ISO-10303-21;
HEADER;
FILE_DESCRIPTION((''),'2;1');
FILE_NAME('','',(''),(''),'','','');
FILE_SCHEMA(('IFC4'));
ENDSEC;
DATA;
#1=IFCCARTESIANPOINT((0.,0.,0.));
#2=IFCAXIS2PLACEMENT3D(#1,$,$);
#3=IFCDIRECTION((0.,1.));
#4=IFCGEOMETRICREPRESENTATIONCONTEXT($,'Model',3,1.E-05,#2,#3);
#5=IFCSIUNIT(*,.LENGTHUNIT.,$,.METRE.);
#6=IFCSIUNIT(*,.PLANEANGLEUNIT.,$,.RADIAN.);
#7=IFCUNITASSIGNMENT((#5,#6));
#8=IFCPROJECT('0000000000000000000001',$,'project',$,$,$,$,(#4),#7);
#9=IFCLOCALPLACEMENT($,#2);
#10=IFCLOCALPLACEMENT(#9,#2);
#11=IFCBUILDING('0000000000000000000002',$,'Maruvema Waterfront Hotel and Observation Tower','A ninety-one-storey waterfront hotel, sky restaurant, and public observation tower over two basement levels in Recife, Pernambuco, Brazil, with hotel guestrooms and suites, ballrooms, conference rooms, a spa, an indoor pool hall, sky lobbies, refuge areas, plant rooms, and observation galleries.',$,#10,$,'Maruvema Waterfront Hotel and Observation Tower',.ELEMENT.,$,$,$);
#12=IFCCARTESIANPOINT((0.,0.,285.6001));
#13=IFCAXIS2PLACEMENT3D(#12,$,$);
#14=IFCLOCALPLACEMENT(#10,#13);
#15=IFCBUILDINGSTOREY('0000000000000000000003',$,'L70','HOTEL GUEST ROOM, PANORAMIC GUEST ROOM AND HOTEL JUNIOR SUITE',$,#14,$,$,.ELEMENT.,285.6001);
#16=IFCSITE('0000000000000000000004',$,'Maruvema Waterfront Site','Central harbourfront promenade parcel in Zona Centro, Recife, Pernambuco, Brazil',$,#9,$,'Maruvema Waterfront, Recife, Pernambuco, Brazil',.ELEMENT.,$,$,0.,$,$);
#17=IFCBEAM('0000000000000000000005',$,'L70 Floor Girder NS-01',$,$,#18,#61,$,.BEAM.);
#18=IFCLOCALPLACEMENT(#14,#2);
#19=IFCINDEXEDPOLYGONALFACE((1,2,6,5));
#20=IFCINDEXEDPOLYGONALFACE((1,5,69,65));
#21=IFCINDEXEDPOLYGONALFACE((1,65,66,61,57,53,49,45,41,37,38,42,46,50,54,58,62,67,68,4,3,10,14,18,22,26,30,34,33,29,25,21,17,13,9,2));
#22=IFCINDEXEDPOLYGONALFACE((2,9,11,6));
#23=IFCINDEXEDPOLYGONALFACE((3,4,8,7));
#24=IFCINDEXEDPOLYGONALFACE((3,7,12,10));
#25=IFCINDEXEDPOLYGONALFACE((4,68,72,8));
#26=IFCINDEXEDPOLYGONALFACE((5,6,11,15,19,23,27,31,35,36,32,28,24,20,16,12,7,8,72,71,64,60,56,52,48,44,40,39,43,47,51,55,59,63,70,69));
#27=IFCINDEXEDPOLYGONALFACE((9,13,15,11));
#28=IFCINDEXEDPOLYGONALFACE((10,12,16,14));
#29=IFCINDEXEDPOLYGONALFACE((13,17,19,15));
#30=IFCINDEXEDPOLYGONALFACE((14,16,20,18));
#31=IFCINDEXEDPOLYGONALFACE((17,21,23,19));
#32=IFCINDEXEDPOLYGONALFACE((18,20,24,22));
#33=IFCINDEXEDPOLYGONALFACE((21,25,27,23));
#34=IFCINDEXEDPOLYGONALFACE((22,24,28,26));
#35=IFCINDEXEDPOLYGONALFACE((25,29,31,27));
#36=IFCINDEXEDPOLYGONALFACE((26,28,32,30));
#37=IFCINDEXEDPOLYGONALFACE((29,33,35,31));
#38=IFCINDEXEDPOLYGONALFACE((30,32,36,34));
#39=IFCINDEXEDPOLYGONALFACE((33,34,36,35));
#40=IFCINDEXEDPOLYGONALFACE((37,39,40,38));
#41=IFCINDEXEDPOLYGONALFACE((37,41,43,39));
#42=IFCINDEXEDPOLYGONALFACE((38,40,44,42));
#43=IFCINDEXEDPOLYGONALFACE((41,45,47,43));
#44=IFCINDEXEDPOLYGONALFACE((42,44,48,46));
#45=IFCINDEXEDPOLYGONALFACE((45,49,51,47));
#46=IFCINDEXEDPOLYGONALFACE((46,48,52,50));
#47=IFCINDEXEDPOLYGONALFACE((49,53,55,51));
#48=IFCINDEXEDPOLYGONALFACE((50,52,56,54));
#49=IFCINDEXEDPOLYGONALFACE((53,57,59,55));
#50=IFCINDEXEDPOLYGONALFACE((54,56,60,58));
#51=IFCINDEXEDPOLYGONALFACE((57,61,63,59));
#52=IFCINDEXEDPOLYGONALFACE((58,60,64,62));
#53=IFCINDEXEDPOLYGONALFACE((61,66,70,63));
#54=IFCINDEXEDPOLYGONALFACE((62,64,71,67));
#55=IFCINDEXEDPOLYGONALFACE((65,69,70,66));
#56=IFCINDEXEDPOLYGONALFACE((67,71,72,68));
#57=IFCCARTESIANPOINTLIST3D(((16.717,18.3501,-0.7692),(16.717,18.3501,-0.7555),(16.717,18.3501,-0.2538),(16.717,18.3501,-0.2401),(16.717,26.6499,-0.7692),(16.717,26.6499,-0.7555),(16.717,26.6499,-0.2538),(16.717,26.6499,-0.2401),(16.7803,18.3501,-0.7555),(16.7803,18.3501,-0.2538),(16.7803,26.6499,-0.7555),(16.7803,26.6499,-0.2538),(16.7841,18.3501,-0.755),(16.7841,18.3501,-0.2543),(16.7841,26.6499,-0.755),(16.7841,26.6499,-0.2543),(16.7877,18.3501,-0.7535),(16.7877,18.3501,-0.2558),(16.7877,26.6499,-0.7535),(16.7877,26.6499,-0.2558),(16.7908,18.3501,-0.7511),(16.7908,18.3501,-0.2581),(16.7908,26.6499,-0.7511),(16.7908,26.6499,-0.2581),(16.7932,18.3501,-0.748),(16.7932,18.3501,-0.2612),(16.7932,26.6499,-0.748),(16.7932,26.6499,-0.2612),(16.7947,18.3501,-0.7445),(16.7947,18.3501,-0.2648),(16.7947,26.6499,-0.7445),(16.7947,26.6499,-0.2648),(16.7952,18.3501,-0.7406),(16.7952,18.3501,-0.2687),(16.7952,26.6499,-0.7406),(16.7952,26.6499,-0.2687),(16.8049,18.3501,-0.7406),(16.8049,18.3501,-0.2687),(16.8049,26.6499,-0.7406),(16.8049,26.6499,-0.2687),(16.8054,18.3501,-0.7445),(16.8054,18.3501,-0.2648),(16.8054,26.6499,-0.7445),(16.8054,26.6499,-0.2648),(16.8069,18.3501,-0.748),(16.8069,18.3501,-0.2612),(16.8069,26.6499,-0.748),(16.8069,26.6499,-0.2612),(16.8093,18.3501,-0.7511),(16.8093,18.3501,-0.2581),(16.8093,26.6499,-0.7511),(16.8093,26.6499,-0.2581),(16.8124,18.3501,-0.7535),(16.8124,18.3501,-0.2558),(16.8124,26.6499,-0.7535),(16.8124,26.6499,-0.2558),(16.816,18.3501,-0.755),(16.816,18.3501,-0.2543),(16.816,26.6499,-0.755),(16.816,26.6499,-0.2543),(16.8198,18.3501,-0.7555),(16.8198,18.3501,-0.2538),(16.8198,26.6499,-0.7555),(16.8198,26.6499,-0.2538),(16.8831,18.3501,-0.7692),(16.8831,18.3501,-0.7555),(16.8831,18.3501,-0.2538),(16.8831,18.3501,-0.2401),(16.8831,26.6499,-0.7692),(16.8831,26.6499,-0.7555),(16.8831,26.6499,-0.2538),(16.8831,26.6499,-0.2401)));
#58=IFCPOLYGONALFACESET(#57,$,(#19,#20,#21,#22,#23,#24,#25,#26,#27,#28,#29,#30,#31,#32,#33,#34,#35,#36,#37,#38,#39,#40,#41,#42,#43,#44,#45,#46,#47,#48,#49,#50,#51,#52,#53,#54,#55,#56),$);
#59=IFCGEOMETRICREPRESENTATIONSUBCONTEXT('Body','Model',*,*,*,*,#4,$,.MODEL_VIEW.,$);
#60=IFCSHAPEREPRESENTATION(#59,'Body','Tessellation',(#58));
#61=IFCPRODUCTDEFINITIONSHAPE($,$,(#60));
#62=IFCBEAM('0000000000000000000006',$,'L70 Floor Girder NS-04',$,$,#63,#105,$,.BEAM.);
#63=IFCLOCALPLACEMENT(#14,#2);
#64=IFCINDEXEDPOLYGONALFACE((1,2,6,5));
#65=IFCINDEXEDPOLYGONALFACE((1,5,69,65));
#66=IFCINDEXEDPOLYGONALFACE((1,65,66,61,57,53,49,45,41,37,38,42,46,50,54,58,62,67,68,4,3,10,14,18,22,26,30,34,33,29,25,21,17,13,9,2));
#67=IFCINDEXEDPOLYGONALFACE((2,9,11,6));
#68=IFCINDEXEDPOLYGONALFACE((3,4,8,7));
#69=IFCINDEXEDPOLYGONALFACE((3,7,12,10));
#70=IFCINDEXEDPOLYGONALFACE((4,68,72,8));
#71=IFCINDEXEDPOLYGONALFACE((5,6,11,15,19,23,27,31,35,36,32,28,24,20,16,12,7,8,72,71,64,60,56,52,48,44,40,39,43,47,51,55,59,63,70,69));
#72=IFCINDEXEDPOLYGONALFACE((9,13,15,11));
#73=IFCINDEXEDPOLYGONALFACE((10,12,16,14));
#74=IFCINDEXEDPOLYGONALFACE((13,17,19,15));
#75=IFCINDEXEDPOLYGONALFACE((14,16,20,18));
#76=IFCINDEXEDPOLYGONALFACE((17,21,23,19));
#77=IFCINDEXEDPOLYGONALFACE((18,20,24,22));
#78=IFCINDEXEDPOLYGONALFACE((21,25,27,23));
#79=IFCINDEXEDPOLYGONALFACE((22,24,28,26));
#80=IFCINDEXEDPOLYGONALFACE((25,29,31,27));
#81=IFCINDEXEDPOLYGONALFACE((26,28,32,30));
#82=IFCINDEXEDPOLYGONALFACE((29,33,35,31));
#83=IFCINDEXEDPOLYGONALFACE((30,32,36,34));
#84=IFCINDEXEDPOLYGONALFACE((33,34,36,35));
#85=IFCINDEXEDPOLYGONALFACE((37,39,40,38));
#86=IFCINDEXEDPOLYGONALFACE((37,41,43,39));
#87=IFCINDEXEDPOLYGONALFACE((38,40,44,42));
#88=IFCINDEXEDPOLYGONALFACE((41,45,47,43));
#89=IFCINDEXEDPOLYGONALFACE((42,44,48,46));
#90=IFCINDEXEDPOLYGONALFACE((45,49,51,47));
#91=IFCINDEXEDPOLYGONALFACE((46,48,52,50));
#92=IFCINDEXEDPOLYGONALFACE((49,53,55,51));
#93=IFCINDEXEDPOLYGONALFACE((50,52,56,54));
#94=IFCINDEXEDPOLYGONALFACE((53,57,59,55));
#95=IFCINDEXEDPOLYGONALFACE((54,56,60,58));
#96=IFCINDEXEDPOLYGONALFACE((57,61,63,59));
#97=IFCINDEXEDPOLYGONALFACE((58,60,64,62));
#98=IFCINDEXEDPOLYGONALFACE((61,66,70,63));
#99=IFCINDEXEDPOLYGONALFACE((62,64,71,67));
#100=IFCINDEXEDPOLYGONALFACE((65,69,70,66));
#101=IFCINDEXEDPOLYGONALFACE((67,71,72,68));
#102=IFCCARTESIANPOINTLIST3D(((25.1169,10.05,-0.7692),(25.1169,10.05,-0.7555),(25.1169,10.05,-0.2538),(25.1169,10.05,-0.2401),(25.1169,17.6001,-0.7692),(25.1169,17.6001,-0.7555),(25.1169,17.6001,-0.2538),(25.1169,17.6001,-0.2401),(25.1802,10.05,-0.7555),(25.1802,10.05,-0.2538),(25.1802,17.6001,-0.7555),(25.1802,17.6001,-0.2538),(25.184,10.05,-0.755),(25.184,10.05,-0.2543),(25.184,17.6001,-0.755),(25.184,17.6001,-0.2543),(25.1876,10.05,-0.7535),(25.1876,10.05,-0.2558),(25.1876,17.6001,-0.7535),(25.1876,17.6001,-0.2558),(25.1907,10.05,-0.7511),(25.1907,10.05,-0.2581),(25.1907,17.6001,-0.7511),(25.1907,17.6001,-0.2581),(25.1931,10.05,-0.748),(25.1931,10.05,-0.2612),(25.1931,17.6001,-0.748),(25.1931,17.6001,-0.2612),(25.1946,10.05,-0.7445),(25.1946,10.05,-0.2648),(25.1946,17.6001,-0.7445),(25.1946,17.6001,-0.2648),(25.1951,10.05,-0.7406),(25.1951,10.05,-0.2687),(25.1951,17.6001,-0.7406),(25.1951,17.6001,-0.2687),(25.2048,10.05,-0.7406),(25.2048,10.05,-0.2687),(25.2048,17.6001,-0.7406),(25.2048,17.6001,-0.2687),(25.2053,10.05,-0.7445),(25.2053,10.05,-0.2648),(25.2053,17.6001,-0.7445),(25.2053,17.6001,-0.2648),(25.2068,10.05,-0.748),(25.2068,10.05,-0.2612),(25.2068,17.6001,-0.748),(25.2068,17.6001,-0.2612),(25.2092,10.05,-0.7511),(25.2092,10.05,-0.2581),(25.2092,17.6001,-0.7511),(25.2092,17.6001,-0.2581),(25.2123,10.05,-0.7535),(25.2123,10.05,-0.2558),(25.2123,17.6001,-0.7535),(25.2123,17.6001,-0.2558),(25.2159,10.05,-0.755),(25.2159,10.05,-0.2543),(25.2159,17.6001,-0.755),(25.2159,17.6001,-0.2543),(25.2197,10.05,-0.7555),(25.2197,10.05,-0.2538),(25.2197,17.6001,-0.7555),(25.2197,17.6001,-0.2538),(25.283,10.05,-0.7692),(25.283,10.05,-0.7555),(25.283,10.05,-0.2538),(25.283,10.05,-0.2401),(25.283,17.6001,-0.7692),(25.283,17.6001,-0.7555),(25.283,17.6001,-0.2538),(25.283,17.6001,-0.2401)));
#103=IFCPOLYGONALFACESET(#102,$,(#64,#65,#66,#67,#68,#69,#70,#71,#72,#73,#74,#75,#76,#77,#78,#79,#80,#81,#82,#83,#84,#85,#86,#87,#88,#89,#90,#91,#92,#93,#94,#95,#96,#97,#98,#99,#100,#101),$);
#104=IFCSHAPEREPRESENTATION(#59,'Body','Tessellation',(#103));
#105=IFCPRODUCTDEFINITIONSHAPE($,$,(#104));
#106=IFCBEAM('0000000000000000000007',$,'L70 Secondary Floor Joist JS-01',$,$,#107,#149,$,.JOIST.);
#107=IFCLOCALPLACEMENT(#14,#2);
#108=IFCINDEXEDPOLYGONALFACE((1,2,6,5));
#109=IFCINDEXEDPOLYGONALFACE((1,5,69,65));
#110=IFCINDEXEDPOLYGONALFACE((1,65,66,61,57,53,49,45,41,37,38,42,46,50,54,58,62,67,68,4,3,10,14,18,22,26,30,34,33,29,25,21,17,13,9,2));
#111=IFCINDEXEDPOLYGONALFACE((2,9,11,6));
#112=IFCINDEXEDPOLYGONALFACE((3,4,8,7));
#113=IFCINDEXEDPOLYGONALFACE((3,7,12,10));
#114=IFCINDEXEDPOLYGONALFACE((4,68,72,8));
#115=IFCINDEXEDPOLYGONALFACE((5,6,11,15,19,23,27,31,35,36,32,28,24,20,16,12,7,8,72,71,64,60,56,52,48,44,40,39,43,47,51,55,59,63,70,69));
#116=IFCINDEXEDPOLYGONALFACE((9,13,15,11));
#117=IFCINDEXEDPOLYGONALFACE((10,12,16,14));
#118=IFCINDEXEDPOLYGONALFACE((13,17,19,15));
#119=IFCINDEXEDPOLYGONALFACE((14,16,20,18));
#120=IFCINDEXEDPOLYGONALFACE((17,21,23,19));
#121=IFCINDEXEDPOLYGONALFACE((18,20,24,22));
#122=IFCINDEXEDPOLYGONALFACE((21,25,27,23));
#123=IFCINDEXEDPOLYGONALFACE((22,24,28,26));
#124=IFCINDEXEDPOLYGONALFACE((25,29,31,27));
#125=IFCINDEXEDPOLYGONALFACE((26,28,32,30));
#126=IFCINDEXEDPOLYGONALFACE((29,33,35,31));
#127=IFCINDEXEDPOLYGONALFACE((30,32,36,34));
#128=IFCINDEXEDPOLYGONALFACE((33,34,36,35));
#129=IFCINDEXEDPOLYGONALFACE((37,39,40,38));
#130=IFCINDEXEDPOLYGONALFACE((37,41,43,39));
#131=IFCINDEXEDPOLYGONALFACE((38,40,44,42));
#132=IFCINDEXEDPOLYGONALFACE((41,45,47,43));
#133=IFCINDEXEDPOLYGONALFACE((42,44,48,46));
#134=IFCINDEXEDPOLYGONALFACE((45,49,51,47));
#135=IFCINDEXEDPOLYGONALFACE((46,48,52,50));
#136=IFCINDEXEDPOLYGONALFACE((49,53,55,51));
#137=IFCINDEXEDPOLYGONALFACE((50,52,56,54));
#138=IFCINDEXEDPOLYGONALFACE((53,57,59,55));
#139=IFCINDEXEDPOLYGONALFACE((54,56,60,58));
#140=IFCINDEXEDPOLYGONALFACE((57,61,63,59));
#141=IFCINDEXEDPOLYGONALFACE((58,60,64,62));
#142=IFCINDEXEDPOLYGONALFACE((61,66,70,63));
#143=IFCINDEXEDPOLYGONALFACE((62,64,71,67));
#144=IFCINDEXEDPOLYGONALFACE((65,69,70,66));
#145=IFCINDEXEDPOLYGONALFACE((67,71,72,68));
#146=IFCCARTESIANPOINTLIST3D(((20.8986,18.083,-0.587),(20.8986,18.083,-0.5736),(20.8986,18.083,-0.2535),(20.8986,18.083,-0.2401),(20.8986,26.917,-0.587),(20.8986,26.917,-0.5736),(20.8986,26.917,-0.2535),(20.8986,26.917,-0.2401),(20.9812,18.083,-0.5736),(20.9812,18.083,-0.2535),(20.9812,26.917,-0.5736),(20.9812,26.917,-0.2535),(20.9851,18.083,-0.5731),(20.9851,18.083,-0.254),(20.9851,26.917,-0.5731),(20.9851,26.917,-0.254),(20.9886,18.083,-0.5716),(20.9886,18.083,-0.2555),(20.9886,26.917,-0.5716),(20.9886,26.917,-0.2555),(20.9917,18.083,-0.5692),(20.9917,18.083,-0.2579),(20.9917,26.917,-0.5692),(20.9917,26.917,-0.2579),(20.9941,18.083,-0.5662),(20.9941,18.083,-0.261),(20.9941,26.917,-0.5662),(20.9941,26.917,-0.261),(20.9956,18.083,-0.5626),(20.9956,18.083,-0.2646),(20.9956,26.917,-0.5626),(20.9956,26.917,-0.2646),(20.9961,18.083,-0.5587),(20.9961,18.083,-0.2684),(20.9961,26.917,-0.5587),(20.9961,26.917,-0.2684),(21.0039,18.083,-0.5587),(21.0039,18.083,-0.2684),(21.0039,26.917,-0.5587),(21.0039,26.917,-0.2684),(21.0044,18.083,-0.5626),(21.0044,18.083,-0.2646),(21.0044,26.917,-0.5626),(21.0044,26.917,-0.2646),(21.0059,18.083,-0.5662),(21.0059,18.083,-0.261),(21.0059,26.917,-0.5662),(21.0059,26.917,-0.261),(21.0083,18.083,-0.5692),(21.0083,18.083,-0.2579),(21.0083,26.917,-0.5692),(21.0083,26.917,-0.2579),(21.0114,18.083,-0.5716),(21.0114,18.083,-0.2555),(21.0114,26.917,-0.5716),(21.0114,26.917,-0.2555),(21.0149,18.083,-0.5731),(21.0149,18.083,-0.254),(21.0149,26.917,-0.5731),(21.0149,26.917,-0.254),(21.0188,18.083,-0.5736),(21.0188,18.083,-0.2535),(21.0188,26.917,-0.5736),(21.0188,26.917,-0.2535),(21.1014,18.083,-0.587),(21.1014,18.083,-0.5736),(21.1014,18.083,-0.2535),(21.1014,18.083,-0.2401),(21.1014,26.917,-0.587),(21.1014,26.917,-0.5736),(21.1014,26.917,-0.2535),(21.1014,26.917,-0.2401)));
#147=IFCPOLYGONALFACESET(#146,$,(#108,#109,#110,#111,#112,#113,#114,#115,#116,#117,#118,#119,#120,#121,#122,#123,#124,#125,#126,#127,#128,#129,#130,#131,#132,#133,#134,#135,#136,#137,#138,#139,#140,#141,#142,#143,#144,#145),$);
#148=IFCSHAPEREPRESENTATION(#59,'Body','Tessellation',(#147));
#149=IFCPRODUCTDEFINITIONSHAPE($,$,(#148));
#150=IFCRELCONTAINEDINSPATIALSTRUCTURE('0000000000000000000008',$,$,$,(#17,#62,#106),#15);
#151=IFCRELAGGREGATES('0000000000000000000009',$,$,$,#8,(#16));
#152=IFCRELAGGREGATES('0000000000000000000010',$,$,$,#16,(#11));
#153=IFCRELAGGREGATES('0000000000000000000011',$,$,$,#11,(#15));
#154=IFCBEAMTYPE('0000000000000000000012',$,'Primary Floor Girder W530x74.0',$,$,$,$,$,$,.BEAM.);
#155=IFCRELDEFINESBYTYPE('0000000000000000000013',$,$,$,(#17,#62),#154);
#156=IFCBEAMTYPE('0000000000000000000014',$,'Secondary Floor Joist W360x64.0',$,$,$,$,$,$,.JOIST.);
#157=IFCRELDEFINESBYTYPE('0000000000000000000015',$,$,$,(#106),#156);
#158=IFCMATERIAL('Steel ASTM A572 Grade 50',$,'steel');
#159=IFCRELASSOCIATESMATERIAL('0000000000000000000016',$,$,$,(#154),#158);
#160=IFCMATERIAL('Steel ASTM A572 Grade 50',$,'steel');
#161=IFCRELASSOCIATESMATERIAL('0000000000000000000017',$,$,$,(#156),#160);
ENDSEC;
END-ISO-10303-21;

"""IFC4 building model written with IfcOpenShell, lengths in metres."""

from ifc_helpers import new_model, si_unit, direction, frame, origin, origin_2d, place, context, subcontext, project, spatial, i_section, extrude, material, material_profile, profile_set, type_object, element, save


model = new_model("IFC4")

# Units and contexts
model_context = context("Model", 3, precision=1e-05, world=origin(), true_north=direction((0.0, 1.0)))
body_context = subcontext(model_context, "Body", "Model", "MODEL_VIEW")
ifc_project = project(units=[si_unit("LENGTHUNIT", "METRE"), si_unit("PLANEANGLEUNIT", "RADIAN")], contexts=[model_context])

# Site, building, storey
site_placement = place(None, origin())
site = spatial("IfcSite", under=ifc_project, at=site_placement, Name="Maruvema Waterfront Site", Description="Central harbourfront promenade parcel in Zona Centro, Recife, Pernambuco, Brazil", LongName="Maruvema Waterfront, Recife, Pernambuco, Brazil", CompositionType="ELEMENT", RefElevation=0.0)
building_placement = place(site_placement, origin())
building = spatial("IfcBuilding", under=site, at=building_placement, Name="Maruvema Waterfront Hotel and Observation Tower", Description="A ninety-one-storey waterfront hotel, sky restaurant, and public observation tower over two basement levels in Recife, Pernambuco, Brazil, with hotel guestrooms and suites, ballrooms, conference rooms, a spa, an indoor pool hall, sky lobbies, refuge areas, plant rooms, and observation galleries.", LongName="Maruvema Waterfront Hotel and Observation Tower", CompositionType="ELEMENT")
storey_placement = place(building_placement, frame((0.0, 0.0, 285.6001)))
storey = spatial("IfcBuildingStorey", under=building, at=storey_placement, Name="L70", Description="HOTEL GUEST ROOM, PANORAMIC GUEST ROOM AND HOTEL JUNIOR SUITE", CompositionType="ELEMENT", Elevation=285.6001)

# Beams
ifc_material_1 = material(Name="Steel ASTM A572 Grade 50", Category="steel")
ifc_material_profile_1 = material_profile(ifc_material_1, i_section(OverallWidth=0.166, OverallDepth=0.5291, WebThickness=0.0098, FlangeThickness=0.0137, FilletRadius=0.0149, at=origin_2d()), Name="W530x74.0")
ifc_profile_set_1 = profile_set([ifc_material_profile_1], Name="Steel ASTM A572 Grade 50")
beam_type_1 = type_object("IfcBeamType", Name="Primary Floor Girder W530x74.0", PredefinedType="BEAM", material=ifc_profile_set_1)
beam_1_placement = place(storey_placement, frame((16.8, 18.3501, -0.5046), z_axis=(0.0, 1.0, 0.0), x_axis=(-1.0, 0.0, 0.0)))
element("IfcBeam", 1, at=beam_1_placement, inside=storey, type_object=beam_type_1, Name="L70 Floor Girder NS-01", PredefinedType="BEAM", context=body_context, shape_type="SweptSolid", body=[
    extrude(i_section(OverallWidth=0.166, OverallDepth=0.5291, WebThickness=0.0098, FlangeThickness=0.0137, FilletRadius=0.0149, at=origin_2d()), origin(), (0.0, 0.0, 1.0), 8.2998),
])
beam_2_placement = place(storey_placement, frame((25.2, 10.05, -0.5046), z_axis=(0.0, 1.0, 0.0), x_axis=(-1.0, 0.0, 0.0)))
element("IfcBeam", 2, at=beam_2_placement, inside=storey, type_object=beam_type_1, Name="L70 Floor Girder NS-04", PredefinedType="BEAM", context=body_context, shape_type="SweptSolid", body=[
    extrude(i_section(OverallWidth=0.166, OverallDepth=0.5291, WebThickness=0.0098, FlangeThickness=0.0137, FilletRadius=0.0149, at=origin_2d()), origin(), (0.0, 0.0, 1.0), 7.55),
])
ifc_material_2 = material(Name="Steel ASTM A572 Grade 50", Category="steel")
ifc_material_profile_2 = material_profile(ifc_material_2, i_section(OverallWidth=0.2029, OverallDepth=0.3469, WebThickness=0.0078, FlangeThickness=0.0134, FilletRadius=0.0149, at=origin_2d()), Name="W360x64.0")
ifc_profile_set_2 = profile_set([ifc_material_profile_2], Name="Steel ASTM A572 Grade 50")
beam_type_2 = type_object("IfcBeamType", Name="Secondary Floor Joist W360x64.0", PredefinedType="JOIST", material=ifc_profile_set_2)
beam_3_placement = place(storey_placement, frame((21.0, 18.083, -0.4136), z_axis=(0.0, 1.0, 0.0), x_axis=(-1.0, 0.0, 0.0)))
element("IfcBeam", 3, at=beam_3_placement, inside=storey, type_object=beam_type_2, Name="L70 Secondary Floor Joist JS-01", PredefinedType="JOIST", context=body_context, shape_type="SweptSolid", body=[
    extrude(i_section(OverallWidth=0.2029, OverallDepth=0.3469, WebThickness=0.0078, FlangeThickness=0.0134, FilletRadius=0.0149, at=origin_2d()), origin(), (0.0, 0.0, 1.0), 8.834),
])

save(model, "model.ifc")
